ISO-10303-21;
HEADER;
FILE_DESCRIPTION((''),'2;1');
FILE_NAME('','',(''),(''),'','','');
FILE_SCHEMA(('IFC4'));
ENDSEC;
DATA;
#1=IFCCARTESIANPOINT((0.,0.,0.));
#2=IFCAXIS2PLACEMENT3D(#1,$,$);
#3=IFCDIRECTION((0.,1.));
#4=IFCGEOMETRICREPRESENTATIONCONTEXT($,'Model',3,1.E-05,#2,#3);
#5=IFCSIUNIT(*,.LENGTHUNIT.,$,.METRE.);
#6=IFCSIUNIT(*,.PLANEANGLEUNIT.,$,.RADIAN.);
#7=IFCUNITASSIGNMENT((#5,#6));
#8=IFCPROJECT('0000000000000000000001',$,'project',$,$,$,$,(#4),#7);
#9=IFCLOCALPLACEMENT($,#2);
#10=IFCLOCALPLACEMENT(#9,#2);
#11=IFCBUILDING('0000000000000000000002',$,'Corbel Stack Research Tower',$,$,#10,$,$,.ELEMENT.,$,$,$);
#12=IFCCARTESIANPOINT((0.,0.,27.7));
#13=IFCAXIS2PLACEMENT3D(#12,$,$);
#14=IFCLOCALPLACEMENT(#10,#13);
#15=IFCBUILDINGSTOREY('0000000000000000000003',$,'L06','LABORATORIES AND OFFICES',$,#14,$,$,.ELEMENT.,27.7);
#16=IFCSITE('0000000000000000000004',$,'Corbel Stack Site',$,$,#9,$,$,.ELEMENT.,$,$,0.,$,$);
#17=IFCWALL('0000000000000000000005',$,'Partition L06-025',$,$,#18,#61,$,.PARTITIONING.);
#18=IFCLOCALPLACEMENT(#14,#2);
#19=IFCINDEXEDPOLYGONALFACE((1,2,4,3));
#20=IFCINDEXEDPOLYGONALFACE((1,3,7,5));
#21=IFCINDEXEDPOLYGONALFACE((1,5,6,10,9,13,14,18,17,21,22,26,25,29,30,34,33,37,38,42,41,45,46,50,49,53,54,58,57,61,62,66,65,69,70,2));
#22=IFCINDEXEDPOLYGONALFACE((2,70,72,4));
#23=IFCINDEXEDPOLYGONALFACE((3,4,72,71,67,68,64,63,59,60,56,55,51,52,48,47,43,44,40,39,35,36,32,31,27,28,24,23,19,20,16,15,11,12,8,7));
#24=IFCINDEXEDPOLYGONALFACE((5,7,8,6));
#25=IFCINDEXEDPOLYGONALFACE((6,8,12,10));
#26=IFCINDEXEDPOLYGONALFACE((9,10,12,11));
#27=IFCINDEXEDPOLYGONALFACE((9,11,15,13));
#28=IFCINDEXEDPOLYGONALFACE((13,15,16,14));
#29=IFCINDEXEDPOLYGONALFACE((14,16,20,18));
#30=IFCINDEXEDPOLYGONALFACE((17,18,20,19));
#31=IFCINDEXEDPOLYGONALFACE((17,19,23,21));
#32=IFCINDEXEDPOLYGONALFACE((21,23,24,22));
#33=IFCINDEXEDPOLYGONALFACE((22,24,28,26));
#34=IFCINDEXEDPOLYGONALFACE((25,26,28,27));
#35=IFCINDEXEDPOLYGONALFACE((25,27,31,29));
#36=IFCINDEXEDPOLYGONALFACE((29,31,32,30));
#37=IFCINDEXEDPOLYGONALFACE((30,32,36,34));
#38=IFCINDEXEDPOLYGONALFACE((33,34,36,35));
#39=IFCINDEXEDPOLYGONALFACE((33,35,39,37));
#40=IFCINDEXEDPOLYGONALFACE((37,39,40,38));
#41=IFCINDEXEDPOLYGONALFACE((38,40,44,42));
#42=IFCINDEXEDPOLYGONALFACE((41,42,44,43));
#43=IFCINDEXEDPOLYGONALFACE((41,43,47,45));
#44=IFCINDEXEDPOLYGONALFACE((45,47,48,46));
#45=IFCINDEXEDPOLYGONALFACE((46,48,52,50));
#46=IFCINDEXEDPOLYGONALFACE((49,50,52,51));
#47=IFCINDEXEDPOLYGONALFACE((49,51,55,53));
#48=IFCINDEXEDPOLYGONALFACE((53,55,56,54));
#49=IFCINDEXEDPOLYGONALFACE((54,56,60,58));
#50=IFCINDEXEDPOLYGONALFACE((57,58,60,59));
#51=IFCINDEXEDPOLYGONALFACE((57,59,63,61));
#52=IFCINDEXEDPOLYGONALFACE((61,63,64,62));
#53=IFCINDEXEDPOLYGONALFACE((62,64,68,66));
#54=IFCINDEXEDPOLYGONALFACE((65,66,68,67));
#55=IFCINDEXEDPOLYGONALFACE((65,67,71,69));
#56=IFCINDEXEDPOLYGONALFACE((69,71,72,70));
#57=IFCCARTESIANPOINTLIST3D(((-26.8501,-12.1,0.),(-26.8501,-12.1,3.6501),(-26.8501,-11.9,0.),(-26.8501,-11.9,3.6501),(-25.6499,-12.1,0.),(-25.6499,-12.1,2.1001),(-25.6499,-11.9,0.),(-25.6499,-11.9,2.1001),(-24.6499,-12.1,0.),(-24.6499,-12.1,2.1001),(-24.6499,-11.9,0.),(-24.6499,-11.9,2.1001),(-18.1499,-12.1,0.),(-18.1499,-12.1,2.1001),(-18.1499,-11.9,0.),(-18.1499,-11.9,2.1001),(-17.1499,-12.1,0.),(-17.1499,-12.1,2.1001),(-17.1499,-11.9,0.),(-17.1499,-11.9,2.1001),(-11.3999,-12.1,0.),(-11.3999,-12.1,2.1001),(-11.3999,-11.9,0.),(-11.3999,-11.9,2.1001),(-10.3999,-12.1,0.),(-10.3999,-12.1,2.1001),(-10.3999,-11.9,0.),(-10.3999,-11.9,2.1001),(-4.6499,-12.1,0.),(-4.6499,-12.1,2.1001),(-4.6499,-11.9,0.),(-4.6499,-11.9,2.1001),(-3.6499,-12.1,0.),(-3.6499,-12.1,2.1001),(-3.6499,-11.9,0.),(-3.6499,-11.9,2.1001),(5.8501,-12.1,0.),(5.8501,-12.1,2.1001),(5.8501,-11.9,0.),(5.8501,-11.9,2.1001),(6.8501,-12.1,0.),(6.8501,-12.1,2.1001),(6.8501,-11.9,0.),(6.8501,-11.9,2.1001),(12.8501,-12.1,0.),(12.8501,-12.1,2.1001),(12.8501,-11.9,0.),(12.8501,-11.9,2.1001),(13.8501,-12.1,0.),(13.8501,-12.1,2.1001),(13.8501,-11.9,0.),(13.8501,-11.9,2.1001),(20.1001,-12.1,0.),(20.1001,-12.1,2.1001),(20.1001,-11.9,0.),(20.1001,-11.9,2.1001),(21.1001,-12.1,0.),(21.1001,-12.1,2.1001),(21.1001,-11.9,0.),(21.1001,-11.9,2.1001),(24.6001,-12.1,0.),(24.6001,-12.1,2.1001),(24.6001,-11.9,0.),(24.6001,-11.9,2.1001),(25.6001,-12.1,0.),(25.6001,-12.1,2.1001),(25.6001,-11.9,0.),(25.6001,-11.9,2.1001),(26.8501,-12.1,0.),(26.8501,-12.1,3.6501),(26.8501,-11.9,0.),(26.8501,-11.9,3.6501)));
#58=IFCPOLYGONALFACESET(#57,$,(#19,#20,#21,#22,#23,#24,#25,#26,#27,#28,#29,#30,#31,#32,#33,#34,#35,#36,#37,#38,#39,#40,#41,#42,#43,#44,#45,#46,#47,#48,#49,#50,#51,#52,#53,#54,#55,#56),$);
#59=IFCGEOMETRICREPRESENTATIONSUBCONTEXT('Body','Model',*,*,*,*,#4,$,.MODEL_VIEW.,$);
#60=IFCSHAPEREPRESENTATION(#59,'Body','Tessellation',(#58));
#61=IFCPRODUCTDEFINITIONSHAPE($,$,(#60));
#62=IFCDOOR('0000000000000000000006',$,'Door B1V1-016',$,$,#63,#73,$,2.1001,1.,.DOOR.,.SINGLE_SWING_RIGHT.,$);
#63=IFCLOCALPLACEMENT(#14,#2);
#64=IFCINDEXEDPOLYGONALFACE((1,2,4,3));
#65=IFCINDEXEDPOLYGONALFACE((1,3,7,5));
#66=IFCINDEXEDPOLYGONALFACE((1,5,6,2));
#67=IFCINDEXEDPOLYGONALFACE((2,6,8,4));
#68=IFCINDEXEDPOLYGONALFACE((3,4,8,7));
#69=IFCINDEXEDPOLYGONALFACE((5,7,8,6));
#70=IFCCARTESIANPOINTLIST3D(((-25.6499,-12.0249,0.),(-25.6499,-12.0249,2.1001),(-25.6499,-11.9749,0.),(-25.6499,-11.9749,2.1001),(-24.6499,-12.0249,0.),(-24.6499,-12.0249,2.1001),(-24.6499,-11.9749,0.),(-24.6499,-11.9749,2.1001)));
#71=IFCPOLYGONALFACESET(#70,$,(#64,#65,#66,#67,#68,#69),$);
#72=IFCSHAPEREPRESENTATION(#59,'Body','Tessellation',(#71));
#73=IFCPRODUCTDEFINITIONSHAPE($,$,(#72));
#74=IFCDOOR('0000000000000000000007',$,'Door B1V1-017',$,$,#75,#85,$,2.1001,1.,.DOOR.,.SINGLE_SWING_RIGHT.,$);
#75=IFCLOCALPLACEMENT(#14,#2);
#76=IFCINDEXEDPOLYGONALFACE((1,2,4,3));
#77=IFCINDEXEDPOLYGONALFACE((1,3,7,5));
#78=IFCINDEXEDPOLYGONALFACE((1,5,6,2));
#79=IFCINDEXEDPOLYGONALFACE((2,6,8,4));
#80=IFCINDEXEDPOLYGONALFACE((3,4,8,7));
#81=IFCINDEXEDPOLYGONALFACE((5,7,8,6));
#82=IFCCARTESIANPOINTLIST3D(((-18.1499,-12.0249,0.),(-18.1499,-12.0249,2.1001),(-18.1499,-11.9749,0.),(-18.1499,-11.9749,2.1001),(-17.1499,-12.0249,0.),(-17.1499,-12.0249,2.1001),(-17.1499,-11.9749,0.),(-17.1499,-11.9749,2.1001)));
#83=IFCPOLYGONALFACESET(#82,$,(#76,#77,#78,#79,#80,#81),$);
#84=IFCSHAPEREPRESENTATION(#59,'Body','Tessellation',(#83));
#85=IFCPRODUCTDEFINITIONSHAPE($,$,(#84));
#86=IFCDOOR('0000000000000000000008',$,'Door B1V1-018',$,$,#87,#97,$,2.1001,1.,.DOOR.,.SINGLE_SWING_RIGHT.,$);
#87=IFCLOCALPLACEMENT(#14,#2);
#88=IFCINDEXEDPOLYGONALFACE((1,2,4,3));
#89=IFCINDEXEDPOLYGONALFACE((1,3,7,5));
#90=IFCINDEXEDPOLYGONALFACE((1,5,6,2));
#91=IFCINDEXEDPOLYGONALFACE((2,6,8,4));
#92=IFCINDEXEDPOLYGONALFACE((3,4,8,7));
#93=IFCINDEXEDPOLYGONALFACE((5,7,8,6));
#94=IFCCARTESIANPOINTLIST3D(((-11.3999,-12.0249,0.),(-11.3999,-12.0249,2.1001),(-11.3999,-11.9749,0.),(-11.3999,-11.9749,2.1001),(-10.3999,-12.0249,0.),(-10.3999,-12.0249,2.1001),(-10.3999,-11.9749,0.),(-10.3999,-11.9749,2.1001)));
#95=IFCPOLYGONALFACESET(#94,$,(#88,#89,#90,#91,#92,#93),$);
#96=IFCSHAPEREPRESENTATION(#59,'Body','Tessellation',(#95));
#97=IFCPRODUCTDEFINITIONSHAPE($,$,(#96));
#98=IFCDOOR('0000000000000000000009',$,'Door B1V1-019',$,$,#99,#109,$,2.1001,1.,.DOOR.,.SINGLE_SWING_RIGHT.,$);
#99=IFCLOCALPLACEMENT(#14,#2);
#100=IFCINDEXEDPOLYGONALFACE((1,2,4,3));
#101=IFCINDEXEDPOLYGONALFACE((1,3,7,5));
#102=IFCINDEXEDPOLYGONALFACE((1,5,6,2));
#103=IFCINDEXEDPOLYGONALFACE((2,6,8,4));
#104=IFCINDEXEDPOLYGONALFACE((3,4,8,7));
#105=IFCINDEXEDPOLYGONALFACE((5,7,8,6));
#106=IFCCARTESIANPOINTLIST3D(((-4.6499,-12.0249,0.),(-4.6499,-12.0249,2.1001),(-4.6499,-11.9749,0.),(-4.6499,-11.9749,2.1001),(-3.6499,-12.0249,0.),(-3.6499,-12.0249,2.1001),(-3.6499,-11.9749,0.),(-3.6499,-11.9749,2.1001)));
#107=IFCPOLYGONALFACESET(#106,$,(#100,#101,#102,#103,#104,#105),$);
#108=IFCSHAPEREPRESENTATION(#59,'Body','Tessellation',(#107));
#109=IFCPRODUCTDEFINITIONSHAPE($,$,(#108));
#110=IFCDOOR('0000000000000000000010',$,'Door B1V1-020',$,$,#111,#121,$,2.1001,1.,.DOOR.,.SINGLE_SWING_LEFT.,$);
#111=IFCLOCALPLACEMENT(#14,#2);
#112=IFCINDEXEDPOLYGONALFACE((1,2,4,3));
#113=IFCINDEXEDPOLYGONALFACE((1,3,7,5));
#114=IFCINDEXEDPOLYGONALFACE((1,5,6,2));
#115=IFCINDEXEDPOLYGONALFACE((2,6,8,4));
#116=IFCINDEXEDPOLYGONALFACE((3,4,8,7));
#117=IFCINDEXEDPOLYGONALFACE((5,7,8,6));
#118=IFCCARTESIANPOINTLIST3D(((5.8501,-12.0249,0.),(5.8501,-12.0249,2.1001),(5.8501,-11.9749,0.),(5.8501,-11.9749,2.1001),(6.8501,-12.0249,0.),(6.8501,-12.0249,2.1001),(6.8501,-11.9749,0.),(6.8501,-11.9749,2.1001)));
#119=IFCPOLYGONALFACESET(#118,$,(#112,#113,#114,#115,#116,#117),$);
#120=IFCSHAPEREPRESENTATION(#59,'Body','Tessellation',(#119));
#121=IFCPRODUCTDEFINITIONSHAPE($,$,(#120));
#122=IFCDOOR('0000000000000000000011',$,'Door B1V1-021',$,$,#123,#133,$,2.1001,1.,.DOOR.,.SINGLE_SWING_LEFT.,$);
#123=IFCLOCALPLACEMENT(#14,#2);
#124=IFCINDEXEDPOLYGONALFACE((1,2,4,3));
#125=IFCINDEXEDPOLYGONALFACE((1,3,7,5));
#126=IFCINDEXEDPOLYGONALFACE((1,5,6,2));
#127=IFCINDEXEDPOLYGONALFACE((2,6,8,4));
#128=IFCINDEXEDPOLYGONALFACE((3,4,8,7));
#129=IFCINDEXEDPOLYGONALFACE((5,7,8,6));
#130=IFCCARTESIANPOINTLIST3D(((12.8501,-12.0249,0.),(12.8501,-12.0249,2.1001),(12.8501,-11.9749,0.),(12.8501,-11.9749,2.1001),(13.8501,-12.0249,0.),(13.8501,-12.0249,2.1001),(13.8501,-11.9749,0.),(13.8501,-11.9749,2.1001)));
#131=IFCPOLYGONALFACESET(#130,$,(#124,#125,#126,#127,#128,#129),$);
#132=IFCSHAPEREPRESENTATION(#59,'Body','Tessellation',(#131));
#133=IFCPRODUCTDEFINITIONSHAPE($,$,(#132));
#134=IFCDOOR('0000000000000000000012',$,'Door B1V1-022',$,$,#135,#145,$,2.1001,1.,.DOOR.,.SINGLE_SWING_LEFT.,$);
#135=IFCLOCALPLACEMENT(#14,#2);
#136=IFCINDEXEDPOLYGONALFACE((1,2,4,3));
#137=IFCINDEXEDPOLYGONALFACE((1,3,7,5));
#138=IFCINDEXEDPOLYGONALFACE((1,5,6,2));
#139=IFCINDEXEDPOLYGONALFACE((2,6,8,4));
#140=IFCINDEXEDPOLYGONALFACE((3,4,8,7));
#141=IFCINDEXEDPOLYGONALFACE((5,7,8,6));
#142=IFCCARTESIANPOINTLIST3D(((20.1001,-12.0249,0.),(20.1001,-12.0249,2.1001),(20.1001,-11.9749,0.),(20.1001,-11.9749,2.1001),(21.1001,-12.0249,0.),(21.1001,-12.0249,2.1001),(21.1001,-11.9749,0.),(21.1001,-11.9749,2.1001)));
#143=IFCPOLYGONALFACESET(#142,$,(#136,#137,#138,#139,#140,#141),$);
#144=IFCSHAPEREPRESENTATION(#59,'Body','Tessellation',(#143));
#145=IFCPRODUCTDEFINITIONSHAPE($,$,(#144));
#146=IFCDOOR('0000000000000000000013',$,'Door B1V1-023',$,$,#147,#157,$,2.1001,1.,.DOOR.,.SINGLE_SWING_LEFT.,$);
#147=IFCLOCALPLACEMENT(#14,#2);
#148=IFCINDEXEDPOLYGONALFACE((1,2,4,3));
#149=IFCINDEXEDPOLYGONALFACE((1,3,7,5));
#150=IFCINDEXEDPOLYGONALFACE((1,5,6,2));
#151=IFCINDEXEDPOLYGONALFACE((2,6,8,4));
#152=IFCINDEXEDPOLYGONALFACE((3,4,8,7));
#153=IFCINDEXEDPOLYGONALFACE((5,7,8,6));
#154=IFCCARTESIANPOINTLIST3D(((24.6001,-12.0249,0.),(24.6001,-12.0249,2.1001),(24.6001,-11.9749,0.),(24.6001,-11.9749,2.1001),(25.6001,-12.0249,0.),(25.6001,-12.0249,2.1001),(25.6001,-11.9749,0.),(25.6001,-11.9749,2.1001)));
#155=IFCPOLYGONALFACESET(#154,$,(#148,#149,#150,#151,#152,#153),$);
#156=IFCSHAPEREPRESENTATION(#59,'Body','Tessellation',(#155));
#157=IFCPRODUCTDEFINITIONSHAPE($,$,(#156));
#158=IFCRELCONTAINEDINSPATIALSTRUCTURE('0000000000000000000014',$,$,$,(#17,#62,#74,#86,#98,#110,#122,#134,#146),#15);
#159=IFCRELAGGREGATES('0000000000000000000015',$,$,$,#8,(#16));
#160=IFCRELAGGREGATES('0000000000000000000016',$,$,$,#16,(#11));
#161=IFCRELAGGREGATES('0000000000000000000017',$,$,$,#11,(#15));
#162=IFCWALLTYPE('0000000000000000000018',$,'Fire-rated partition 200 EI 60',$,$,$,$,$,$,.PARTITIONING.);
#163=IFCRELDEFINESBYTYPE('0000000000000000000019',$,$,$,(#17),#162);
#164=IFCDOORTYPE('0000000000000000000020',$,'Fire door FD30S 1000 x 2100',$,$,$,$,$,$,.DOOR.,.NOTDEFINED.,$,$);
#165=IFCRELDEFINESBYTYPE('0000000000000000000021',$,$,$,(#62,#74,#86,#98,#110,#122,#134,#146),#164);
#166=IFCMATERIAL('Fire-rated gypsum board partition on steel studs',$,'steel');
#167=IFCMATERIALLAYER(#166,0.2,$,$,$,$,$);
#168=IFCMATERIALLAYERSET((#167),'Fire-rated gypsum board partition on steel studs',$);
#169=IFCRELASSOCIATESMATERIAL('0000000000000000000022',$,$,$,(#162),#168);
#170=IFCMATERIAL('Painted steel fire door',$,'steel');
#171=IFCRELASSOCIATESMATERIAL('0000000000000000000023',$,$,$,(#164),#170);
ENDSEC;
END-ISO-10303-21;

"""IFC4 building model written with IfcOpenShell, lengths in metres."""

from ifc_helpers import new_model, si_unit, direction, frame, frame_2d, origin, place, context, subcontext, project, spatial, rectangle, extrude, material, layer, layer_set, type_object, element, fill, save


model = new_model("IFC4")

# Units and contexts
model_context = context("Model", 3, precision=1e-05, world=origin(), true_north=direction((0.0, 1.0)))
body_context = subcontext(model_context, "Body", "Model", "MODEL_VIEW")
ifc_project = project(units=[si_unit("LENGTHUNIT", "METRE"), si_unit("PLANEANGLEUNIT", "RADIAN")], contexts=[model_context])

# Site, building, storey
site_placement = place(None, origin())
site = spatial("IfcSite", under=ifc_project, at=site_placement, Name="Corbel Stack Site", CompositionType="ELEMENT", RefElevation=0.0)
building_placement = place(site_placement, origin())
building = spatial("IfcBuilding", under=site, at=building_placement, Name="Corbel Stack Research Tower", CompositionType="ELEMENT")
storey_placement = place(building_placement, frame((0.0, 0.0, 27.7)))
storey = spatial("IfcBuildingStorey", under=building, at=storey_placement, Name="L06", Description="LABORATORIES AND OFFICES", CompositionType="ELEMENT", Elevation=27.7)

# Wall, openings, doors
ifc_material_1 = material(Name="Fire-rated gypsum board partition on steel studs", Category="steel")
ifc_layer_1 = layer(ifc_material_1, 0.2)
ifc_layer_set_1 = layer_set([ifc_layer_1], Name="Fire-rated gypsum board partition on steel studs")
wall_type_1 = type_object("IfcWallType", Name="Fire-rated partition 200 EI 60", PredefinedType="PARTITIONING", material=ifc_layer_set_1)
wall_1_placement = place(storey_placement, frame((26.8501, -12.0, 0.0), z_axis=(0.0, 0.0, 1.0), x_axis=(-1.0, 0.0, 0.0)))
wall_1 = element("IfcWall", 1, at=wall_1_placement, inside=storey, type_object=wall_type_1, Name="Partition L06-025", PredefinedType="PARTITIONING", context=body_context, shape_type="SweptSolid", body=[
    extrude(rectangle(XDim=53.7002, YDim=0.2, at=frame_2d((26.8501, 0.0))), origin(), (0.0, 0.0, 1.0), 3.6501),
])
opening_1_placement = place(wall_1_placement, frame((51.5, 0.0, 0.0)))
opening_1 = element("IfcOpeningElement", 2, at=opening_1_placement, cuts=wall_1, PredefinedType="OPENING", context=body_context, shape_type="SweptSolid", body=[
    extrude(rectangle(XDim=1.0, YDim=2.1001, at=frame_2d((0.5, 1.05))), frame((0.0, 0.1099, 0.0), z_axis=(0.0, -1.0, 0.0), x_axis=(1.0, 0.0, 0.0)), (0.0, 0.0, 1.0), 0.22),
])
opening_2_placement = place(wall_1_placement, frame((44.0, 0.0, 0.0)))
opening_2 = element("IfcOpeningElement", 3, at=opening_2_placement, cuts=wall_1, PredefinedType="OPENING", context=body_context, shape_type="SweptSolid", body=[
    extrude(rectangle(XDim=1.0, YDim=2.1001, at=frame_2d((0.5, 1.05))), frame((0.0, 0.1099, 0.0), z_axis=(0.0, -1.0, 0.0), x_axis=(1.0, 0.0, 0.0)), (0.0, 0.0, 1.0), 0.22),
])
opening_3_placement = place(wall_1_placement, frame((37.25, 0.0, 0.0)))
opening_3 = element("IfcOpeningElement", 4, at=opening_3_placement, cuts=wall_1, PredefinedType="OPENING", context=body_context, shape_type="SweptSolid", body=[
    extrude(rectangle(XDim=1.0, YDim=2.1001, at=frame_2d((0.5, 1.05))), frame((0.0, 0.1099, 0.0), z_axis=(0.0, -1.0, 0.0), x_axis=(1.0, 0.0, 0.0)), (0.0, 0.0, 1.0), 0.22),
])
opening_4_placement = place(wall_1_placement, frame((30.5, 0.0, 0.0)))
opening_4 = element("IfcOpeningElement", 5, at=opening_4_placement, cuts=wall_1, PredefinedType="OPENING", context=body_context, shape_type="SweptSolid", body=[
    extrude(rectangle(XDim=1.0, YDim=2.1001, at=frame_2d((0.5, 1.05))), frame((0.0, 0.1099, 0.0), z_axis=(0.0, -1.0, 0.0), x_axis=(1.0, 0.0, 0.0)), (0.0, 0.0, 1.0), 0.22),
])
opening_5_placement = place(wall_1_placement, frame((20.0, 0.0, 0.0)))
opening_5 = element("IfcOpeningElement", 6, at=opening_5_placement, cuts=wall_1, PredefinedType="OPENING", context=body_context, shape_type="SweptSolid", body=[
    extrude(rectangle(XDim=1.0, YDim=2.1001, at=frame_2d((0.5, 1.05))), frame((0.0, 0.1099, 0.0), z_axis=(0.0, -1.0, 0.0), x_axis=(1.0, 0.0, 0.0)), (0.0, 0.0, 1.0), 0.22),
])
opening_6_placement = place(wall_1_placement, frame((13.0, 0.0, 0.0)))
opening_6 = element("IfcOpeningElement", 7, at=opening_6_placement, cuts=wall_1, PredefinedType="OPENING", context=body_context, shape_type="SweptSolid", body=[
    extrude(rectangle(XDim=1.0, YDim=2.1001, at=frame_2d((0.5, 1.05))), frame((0.0, 0.1099, 0.0), z_axis=(0.0, -1.0, 0.0), x_axis=(1.0, 0.0, 0.0)), (0.0, 0.0, 1.0), 0.22),
])
opening_7_placement = place(wall_1_placement, frame((5.75, 0.0, 0.0)))
opening_7 = element("IfcOpeningElement", 8, at=opening_7_placement, cuts=wall_1, PredefinedType="OPENING", context=body_context, shape_type="SweptSolid", body=[
    extrude(rectangle(XDim=1.0, YDim=2.1001, at=frame_2d((0.5, 1.05))), frame((0.0, 0.1099, 0.0), z_axis=(0.0, -1.0, 0.0), x_axis=(1.0, 0.0, 0.0)), (0.0, 0.0, 1.0), 0.22),
])
opening_8_placement = place(wall_1_placement, frame((1.25, 0.0, 0.0)))
opening_8 = element("IfcOpeningElement", 9, at=opening_8_placement, cuts=wall_1, PredefinedType="OPENING", context=body_context, shape_type="SweptSolid", body=[
    extrude(rectangle(XDim=1.0, YDim=2.1001, at=frame_2d((0.5, 1.05))), frame((0.0, 0.1099, 0.0), z_axis=(0.0, -1.0, 0.0), x_axis=(1.0, 0.0, 0.0)), (0.0, 0.0, 1.0), 0.22),
])
ifc_material_2 = material(Name="Painted steel fire door", Category="steel")
door_type_1 = type_object("IfcDoorType", Name="Fire door FD30S 1000 x 2100", OperationType="NOTDEFINED", PredefinedType="DOOR", material=ifc_material_2)
door_1_placement = place(opening_1_placement, origin())
door_1 = element("IfcDoor", 10, at=door_1_placement, inside=storey, type_object=door_type_1, Name="Door B1V1-016", OperationType="SINGLE_SWING_RIGHT", OverallHeight=2.1001, OverallWidth=1.0, PredefinedType="DOOR", context=body_context, shape_type="SweptSolid", body=[
    extrude(rectangle(XDim=1.0, YDim=2.1001, at=frame_2d((0.5, 1.05))), frame((0.0, 0.0249, 0.0), z_axis=(0.0, -1.0, 0.0), x_axis=(1.0, 0.0, 0.0)), (0.0, 0.0, 1.0), 0.05),
])
fill(opening_1, door_1)
door_2_placement = place(opening_2_placement, origin())
door_2 = element("IfcDoor", 11, at=door_2_placement, inside=storey, type_object=door_type_1, Name="Door B1V1-017", OperationType="SINGLE_SWING_RIGHT", OverallHeight=2.1001, OverallWidth=1.0, PredefinedType="DOOR", context=body_context, shape_type="SweptSolid", body=[
    extrude(rectangle(XDim=1.0, YDim=2.1001, at=frame_2d((0.5, 1.05))), frame((0.0, 0.0249, 0.0), z_axis=(0.0, -1.0, 0.0), x_axis=(1.0, 0.0, 0.0)), (0.0, 0.0, 1.0), 0.05),
])
fill(opening_2, door_2)
door_3_placement = place(opening_3_placement, origin())
door_3 = element("IfcDoor", 12, at=door_3_placement, inside=storey, type_object=door_type_1, Name="Door B1V1-018", OperationType="SINGLE_SWING_RIGHT", OverallHeight=2.1001, OverallWidth=1.0, PredefinedType="DOOR", context=body_context, shape_type="SweptSolid", body=[
    extrude(rectangle(XDim=1.0, YDim=2.1001, at=frame_2d((0.5, 1.05))), frame((0.0, 0.0249, 0.0), z_axis=(0.0, -1.0, 0.0), x_axis=(1.0, 0.0, 0.0)), (0.0, 0.0, 1.0), 0.05),
])
fill(opening_3, door_3)
door_4_placement = place(opening_4_placement, origin())
door_4 = element("IfcDoor", 13, at=door_4_placement, inside=storey, type_object=door_type_1, Name="Door B1V1-019", OperationType="SINGLE_SWING_RIGHT", OverallHeight=2.1001, OverallWidth=1.0, PredefinedType="DOOR", context=body_context, shape_type="SweptSolid", body=[
    extrude(rectangle(XDim=1.0, YDim=2.1001, at=frame_2d((0.5, 1.05))), frame((0.0, 0.0249, 0.0), z_axis=(0.0, -1.0, 0.0), x_axis=(1.0, 0.0, 0.0)), (0.0, 0.0, 1.0), 0.05),
])
fill(opening_4, door_4)
door_5_placement = place(opening_5_placement, origin())
door_5 = element("IfcDoor", 14, at=door_5_placement, inside=storey, type_object=door_type_1, Name="Door B1V1-020", OperationType="SINGLE_SWING_LEFT", OverallHeight=2.1001, OverallWidth=1.0, PredefinedType="DOOR", context=body_context, shape_type="SweptSolid", body=[
    extrude(rectangle(XDim=1.0, YDim=2.1001, at=frame_2d((0.5, 1.05))), frame((0.0, 0.0249, 0.0), z_axis=(0.0, -1.0, 0.0), x_axis=(1.0, 0.0, 0.0)), (0.0, 0.0, 1.0), 0.05),
])
fill(opening_5, door_5)
door_6_placement = place(opening_6_placement, origin())
door_6 = element("IfcDoor", 15, at=door_6_placement, inside=storey, type_object=door_type_1, Name="Door B1V1-021", OperationType="SINGLE_SWING_LEFT", OverallHeight=2.1001, OverallWidth=1.0, PredefinedType="DOOR", context=body_context, shape_type="SweptSolid", body=[
    extrude(rectangle(XDim=1.0, YDim=2.1001, at=frame_2d((0.5, 1.05))), frame((0.0, 0.0249, 0.0), z_axis=(0.0, -1.0, 0.0), x_axis=(1.0, 0.0, 0.0)), (0.0, 0.0, 1.0), 0.05),
])
fill(opening_6, door_6)
door_7_placement = place(opening_7_placement, origin())
door_7 = element("IfcDoor", 16, at=door_7_placement, inside=storey, type_object=door_type_1, Name="Door B1V1-022", OperationType="SINGLE_SWING_LEFT", OverallHeight=2.1001, OverallWidth=1.0, PredefinedType="DOOR", context=body_context, shape_type="SweptSolid", body=[
    extrude(rectangle(XDim=1.0, YDim=2.1001, at=frame_2d((0.5, 1.05))), frame((0.0, 0.0249, 0.0), z_axis=(0.0, -1.0, 0.0), x_axis=(1.0, 0.0, 0.0)), (0.0, 0.0, 1.0), 0.05),
])
fill(opening_7, door_7)
door_8_placement = place(opening_8_placement, origin())
door_8 = element("IfcDoor", 17, at=door_8_placement, inside=storey, type_object=door_type_1, Name="Door B1V1-023", OperationType="SINGLE_SWING_LEFT", OverallHeight=2.1001, OverallWidth=1.0, PredefinedType="DOOR", context=body_context, shape_type="SweptSolid", body=[
    extrude(rectangle(XDim=1.0, YDim=2.1001, at=frame_2d((0.5, 1.05))), frame((0.0, 0.0249, 0.0), z_axis=(0.0, -1.0, 0.0), x_axis=(1.0, 0.0, 0.0)), (0.0, 0.0, 1.0), 0.05),
])
fill(opening_8, door_8)

save(model, "model.ifc")
